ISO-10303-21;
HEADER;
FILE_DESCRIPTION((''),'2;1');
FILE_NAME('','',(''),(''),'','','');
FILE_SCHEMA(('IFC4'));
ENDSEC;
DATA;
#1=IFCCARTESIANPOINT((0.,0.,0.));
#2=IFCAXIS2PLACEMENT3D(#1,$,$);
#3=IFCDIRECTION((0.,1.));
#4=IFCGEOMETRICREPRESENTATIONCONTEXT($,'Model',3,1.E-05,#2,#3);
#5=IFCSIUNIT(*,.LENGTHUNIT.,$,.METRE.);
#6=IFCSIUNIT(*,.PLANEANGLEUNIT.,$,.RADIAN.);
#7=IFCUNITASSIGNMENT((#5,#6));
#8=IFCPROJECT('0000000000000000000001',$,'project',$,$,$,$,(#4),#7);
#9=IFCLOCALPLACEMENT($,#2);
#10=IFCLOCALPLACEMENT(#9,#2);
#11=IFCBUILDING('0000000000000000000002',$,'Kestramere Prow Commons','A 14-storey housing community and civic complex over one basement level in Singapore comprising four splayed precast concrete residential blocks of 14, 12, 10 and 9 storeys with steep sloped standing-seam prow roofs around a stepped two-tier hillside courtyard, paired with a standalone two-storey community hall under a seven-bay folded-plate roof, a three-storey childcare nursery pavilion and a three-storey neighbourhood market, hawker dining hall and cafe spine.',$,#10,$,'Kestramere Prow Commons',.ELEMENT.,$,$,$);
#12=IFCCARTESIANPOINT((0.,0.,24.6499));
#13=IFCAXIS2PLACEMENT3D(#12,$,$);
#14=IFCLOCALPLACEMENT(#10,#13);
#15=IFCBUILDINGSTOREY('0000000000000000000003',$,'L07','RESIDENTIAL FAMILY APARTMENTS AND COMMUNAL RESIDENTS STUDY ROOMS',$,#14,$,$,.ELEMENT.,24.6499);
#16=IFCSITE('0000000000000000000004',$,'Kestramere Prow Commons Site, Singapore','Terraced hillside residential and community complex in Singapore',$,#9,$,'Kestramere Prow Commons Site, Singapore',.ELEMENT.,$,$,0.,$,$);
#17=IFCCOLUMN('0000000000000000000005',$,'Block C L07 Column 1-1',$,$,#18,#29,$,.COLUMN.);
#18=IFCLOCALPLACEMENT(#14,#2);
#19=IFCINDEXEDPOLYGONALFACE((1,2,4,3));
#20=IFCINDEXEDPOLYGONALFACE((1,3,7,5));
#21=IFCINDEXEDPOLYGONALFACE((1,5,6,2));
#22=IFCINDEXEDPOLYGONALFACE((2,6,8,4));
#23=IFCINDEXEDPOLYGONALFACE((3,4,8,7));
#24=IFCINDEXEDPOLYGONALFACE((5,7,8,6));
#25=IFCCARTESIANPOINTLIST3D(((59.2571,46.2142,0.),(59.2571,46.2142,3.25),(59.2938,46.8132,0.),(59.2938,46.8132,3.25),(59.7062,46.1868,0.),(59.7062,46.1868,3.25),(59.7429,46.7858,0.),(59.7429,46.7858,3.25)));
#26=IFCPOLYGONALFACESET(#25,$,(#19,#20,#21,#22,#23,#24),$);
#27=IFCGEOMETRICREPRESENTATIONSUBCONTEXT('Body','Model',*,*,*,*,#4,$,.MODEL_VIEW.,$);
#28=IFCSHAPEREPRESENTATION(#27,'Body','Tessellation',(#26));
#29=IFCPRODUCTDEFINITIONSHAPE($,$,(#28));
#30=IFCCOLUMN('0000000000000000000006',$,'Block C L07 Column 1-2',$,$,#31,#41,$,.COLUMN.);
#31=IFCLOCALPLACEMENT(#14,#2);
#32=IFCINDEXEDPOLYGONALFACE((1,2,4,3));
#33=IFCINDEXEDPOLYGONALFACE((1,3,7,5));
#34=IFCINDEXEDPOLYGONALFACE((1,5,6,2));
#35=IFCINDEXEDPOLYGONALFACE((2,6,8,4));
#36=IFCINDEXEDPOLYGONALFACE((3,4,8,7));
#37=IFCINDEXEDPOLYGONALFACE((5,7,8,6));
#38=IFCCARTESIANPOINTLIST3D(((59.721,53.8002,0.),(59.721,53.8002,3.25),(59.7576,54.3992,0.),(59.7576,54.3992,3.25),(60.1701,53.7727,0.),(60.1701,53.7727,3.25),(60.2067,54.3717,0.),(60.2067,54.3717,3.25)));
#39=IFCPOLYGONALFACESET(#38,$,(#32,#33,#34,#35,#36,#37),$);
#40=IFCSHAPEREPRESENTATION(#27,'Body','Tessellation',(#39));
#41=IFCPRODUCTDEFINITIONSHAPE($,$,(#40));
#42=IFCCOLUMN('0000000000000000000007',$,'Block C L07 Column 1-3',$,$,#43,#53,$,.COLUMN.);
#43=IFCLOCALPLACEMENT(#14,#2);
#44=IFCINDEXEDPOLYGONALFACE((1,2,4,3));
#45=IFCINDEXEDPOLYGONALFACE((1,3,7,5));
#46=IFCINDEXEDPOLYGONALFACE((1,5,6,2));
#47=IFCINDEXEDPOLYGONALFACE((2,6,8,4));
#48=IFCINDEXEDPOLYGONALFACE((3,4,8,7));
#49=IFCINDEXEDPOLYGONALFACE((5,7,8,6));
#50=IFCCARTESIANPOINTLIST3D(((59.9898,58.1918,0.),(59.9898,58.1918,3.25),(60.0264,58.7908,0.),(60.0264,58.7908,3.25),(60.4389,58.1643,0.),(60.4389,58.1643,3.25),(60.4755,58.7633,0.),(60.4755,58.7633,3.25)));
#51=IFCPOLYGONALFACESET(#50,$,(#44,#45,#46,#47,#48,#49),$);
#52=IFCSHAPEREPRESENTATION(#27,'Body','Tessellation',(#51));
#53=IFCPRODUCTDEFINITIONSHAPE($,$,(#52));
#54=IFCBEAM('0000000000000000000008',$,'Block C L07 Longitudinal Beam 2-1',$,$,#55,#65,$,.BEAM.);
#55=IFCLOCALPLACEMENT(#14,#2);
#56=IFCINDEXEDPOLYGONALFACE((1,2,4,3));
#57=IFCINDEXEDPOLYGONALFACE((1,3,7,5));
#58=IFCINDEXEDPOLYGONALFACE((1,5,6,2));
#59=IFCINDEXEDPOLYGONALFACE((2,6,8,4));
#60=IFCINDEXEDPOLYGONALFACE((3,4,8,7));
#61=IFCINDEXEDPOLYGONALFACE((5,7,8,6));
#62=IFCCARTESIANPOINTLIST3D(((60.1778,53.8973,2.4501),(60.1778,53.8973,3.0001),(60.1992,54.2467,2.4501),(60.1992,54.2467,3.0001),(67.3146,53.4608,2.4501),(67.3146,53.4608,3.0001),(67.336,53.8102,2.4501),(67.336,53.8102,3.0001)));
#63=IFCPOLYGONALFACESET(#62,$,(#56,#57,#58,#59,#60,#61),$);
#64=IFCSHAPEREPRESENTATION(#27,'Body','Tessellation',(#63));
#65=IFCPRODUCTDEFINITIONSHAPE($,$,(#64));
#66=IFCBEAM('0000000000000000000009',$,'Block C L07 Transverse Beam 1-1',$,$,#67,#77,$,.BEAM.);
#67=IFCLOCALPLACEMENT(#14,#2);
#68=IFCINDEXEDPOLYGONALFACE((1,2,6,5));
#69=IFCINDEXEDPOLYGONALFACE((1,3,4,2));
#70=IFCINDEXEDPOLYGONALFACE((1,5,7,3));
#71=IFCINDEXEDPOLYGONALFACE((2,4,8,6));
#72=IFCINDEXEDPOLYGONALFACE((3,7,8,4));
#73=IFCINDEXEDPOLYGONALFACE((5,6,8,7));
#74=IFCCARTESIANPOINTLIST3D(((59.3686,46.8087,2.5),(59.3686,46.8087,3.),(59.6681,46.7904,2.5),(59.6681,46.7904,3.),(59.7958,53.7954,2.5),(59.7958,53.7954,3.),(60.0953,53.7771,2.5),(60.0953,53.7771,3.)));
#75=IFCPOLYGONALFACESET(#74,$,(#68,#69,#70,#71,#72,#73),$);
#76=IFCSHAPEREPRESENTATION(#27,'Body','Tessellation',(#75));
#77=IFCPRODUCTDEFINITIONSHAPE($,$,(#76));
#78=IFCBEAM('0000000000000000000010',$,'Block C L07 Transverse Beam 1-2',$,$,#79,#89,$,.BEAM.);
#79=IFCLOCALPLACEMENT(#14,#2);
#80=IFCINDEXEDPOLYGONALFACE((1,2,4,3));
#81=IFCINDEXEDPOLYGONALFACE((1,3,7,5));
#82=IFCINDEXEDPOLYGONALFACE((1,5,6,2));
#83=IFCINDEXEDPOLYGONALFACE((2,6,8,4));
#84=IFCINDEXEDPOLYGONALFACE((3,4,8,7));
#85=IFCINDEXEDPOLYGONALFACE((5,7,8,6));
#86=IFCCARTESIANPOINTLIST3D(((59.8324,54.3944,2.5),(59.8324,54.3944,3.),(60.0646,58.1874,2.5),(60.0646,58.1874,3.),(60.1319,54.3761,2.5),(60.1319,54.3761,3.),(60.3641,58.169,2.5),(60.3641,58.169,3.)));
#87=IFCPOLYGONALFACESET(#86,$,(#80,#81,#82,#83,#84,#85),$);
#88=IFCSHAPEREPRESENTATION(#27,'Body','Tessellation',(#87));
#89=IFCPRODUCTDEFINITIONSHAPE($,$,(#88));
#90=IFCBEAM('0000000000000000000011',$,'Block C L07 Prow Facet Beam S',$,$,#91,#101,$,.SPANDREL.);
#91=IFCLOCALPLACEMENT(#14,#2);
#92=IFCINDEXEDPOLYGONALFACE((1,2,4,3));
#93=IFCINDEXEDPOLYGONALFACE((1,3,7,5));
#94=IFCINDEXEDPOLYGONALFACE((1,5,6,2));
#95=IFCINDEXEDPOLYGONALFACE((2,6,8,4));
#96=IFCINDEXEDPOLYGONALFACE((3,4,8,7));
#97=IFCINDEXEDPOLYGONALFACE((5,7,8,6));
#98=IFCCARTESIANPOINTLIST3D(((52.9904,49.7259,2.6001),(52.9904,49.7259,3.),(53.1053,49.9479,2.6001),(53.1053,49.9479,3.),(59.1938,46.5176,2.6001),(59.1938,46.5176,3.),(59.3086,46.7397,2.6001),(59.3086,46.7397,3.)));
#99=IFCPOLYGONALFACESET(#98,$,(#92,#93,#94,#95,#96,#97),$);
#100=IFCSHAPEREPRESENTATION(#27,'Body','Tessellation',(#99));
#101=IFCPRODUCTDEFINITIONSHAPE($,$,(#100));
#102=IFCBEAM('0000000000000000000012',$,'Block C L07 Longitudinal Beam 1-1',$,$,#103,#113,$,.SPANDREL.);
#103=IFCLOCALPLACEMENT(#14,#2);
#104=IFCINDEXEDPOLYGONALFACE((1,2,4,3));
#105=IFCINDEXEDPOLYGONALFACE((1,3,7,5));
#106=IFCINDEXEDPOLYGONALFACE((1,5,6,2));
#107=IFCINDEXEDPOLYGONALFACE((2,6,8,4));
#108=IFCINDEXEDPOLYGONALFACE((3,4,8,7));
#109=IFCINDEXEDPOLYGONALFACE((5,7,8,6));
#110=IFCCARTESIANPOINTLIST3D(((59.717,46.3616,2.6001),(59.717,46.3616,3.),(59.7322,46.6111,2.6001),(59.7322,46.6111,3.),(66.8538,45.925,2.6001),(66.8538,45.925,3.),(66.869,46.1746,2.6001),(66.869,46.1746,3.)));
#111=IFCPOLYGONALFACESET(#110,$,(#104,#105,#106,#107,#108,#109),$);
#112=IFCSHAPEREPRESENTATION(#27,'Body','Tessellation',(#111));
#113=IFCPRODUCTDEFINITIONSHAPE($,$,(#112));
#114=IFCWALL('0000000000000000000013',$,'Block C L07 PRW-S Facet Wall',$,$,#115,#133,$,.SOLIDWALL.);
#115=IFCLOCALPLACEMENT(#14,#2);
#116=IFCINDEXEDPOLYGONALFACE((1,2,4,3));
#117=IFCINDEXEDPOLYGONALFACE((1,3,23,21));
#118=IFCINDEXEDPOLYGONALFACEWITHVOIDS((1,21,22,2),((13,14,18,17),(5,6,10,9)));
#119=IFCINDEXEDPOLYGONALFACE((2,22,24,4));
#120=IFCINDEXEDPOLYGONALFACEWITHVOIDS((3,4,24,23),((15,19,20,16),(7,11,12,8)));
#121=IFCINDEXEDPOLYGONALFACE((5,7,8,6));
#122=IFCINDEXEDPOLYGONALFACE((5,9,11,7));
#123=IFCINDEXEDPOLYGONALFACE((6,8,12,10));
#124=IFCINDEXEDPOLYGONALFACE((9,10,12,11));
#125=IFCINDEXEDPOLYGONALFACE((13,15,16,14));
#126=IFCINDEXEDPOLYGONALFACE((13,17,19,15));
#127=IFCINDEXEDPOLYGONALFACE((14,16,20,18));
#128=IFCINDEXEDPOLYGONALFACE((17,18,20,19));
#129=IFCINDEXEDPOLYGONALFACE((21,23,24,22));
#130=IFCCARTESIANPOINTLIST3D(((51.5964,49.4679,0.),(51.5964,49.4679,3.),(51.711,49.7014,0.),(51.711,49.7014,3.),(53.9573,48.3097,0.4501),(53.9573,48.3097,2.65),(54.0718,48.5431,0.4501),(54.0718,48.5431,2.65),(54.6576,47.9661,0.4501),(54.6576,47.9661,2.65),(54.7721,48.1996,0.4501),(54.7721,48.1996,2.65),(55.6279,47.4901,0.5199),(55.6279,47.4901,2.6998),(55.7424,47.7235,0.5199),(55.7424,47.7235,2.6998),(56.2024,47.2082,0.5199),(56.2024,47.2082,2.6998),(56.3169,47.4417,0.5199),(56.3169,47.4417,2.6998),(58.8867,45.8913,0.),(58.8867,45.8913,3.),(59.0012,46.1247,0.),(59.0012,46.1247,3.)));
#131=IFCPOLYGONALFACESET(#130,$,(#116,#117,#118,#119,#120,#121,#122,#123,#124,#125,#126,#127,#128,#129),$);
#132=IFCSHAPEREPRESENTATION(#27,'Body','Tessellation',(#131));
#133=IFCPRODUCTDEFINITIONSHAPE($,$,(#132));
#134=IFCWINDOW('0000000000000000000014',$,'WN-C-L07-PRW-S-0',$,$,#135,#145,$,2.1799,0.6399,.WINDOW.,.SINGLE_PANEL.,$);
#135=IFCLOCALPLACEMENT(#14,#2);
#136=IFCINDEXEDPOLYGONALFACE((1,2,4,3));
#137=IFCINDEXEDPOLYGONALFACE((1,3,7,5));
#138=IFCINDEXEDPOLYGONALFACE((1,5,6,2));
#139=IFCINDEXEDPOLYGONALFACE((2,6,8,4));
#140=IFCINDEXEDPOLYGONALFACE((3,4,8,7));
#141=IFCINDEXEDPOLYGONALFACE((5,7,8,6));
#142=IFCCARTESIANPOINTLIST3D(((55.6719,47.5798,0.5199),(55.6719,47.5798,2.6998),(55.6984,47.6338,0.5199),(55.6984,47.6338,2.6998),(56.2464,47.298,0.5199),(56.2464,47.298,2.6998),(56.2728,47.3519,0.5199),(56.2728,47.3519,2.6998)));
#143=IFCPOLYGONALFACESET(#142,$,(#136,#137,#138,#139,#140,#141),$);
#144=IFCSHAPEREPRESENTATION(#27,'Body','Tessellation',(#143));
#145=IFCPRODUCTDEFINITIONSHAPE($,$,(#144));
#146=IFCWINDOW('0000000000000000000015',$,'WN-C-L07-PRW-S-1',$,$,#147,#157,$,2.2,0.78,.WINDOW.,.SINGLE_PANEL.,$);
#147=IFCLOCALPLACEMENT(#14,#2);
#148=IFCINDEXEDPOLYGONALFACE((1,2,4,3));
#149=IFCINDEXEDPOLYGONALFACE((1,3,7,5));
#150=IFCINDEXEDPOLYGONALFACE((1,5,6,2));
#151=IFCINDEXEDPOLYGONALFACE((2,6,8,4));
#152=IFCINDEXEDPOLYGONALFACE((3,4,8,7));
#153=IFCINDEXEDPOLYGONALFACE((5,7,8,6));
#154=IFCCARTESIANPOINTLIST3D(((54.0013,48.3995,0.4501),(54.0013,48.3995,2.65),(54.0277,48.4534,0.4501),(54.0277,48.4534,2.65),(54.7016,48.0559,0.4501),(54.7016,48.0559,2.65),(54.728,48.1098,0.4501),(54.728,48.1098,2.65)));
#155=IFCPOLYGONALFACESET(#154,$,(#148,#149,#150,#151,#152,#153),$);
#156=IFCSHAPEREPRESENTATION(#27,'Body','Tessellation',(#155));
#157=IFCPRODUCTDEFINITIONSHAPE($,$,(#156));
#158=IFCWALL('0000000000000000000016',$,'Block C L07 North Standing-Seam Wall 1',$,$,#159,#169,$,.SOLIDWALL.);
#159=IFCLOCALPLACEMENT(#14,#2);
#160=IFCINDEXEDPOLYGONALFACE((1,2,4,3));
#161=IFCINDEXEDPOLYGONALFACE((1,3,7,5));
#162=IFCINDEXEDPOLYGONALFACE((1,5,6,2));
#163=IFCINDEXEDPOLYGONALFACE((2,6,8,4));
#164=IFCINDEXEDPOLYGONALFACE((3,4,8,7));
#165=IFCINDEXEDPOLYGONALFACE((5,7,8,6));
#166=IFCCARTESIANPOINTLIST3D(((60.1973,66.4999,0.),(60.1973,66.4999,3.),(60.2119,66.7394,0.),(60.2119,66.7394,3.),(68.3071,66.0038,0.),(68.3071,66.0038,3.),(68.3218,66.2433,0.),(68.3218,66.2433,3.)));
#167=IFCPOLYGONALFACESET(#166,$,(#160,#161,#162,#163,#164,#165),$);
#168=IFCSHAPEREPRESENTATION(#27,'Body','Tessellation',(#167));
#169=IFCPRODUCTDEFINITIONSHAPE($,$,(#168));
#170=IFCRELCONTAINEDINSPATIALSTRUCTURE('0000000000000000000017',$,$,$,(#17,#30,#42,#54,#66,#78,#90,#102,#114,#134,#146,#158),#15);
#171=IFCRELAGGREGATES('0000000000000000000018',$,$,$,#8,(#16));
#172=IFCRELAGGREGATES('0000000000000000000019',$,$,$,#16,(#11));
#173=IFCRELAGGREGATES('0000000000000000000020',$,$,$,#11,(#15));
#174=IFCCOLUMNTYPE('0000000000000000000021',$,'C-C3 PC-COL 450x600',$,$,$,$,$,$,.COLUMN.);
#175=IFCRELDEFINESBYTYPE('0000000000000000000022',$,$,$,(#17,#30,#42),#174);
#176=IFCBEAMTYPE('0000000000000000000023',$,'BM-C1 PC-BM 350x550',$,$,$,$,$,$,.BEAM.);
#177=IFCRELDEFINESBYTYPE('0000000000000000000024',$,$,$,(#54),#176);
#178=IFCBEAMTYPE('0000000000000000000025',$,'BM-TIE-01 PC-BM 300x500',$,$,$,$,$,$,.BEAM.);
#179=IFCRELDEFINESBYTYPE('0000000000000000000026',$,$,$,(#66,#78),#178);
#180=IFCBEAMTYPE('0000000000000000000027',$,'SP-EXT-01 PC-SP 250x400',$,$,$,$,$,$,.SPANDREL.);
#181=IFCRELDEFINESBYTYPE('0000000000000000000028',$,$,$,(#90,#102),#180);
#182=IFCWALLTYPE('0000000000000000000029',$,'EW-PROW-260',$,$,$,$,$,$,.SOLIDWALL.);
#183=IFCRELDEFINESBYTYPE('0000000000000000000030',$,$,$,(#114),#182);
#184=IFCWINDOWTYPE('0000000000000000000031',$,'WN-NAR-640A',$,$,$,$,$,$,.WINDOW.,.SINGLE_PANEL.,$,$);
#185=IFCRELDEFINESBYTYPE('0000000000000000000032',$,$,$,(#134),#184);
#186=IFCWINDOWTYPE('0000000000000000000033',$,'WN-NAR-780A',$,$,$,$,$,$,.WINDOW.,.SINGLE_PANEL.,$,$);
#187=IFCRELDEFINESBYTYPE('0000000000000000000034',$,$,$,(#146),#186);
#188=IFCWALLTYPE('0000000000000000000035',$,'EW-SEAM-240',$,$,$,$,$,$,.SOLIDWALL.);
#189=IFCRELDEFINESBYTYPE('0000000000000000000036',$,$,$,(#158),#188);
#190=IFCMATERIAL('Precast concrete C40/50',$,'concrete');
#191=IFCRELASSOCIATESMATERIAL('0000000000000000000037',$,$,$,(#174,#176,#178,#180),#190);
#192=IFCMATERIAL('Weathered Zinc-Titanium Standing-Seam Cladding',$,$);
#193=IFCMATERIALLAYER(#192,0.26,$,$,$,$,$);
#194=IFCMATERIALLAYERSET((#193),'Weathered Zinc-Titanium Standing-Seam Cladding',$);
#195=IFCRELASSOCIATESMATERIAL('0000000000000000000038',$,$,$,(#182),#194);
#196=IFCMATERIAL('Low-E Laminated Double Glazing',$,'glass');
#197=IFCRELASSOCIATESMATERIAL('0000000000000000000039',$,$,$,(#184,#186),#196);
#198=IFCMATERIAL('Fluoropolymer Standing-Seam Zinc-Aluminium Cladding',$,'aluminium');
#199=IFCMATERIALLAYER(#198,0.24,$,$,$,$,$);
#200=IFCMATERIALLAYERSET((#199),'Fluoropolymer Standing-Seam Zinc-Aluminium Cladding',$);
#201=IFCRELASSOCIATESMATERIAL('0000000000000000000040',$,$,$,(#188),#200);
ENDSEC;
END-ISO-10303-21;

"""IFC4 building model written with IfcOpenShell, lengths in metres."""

from ifc_helpers import new_model, si_unit, direction, frame, frame_2d, origin, origin_2d, place, context, subcontext, project, spatial, rectangle, extrude, material, layer, layer_set, material_profile, profile_set, type_object, element, fill, save


model = new_model("IFC4")

# Units and contexts
model_context = context("Model", 3, precision=1e-05, world=origin(), true_north=direction((0.0, 1.0)))
body_context = subcontext(model_context, "Body", "Model", "MODEL_VIEW")
ifc_project = project(units=[si_unit("LENGTHUNIT", "METRE"), si_unit("PLANEANGLEUNIT", "RADIAN")], contexts=[model_context])

# Site, building, storey
site_placement = place(None, origin())
site = spatial("IfcSite", under=ifc_project, at=site_placement, Name="Kestramere Prow Commons Site, Singapore", Description="Terraced hillside residential and community complex in Singapore", LongName="Kestramere Prow Commons Site, Singapore", CompositionType="ELEMENT", RefElevation=0.0)
building_placement = place(site_placement, origin())
building = spatial("IfcBuilding", under=site, at=building_placement, Name="Kestramere Prow Commons", Description="A 14-storey housing community and civic complex over one basement level in Singapore comprising four splayed precast concrete residential blocks of 14, 12, 10 and 9 storeys with steep sloped standing-seam prow roofs around a stepped two-tier hillside courtyard, paired with a standalone two-storey community hall under a seven-bay folded-plate roof, a three-storey childcare nursery pavilion and a three-storey neighbourhood market, hawker dining hall and cafe spine.", LongName="Kestramere Prow Commons", CompositionType="ELEMENT")
storey_placement = place(building_placement, frame((0.0, 0.0, 24.6499)))
storey = spatial("IfcBuildingStorey", under=building, at=storey_placement, Name="L07", Description="RESIDENTIAL FAMILY APARTMENTS AND COMMUNAL RESIDENTS STUDY ROOMS", CompositionType="ELEMENT", Elevation=24.6499)

# Columns
ifc_material_1 = material(Name="Precast concrete C40/50", Category="concrete")
ifc_material_profile_1 = material_profile(ifc_material_1, rectangle(XDim=0.45, YDim=0.6001, at=origin_2d()), Name="PC-COL 450x600")
ifc_profile_set_1 = profile_set([ifc_material_profile_1], Name="Precast concrete C40/50")
column_type = type_object("IfcColumnType", Name="C-C3 PC-COL 450x600", PredefinedType="COLUMN", material=ifc_profile_set_1)
for number, where, z_axis, x_axis, name in (
    (1, (59.5, 46.5, 0.0), (0.0, 0.0, 1.0), (0.998135, -0.061049, 0.0), "Block C L07 Column 1-1"),
    (2, (59.9639, 54.0859, 0.0), (0.0, 0.0, 1.0), (0.998135, -0.061049, 0.0), "Block C L07 Column 1-2"),
    (3, (60.2327, 58.4775, 0.0), (0.0, 0.0, 1.0), (0.998135, -0.061049, 0.0), "Block C L07 Column 1-3"),
):
    element("IfcColumn", number, at=place(storey_placement, frame(where, z_axis=z_axis, x_axis=x_axis)), inside=storey, type_object=column_type, Name=name, PredefinedType="COLUMN", context=body_context, shape_type="SweptSolid", body=[
        extrude(rectangle(XDim=0.45, YDim=0.6001, at=origin_2d()), origin(), (0.0, 0.0, 1.0), 3.25),
    ])

# Beams
ifc_material_profile_2 = material_profile(ifc_material_1, rectangle(XDim=0.3501, YDim=0.55, at=origin_2d()), Name="PC-BM 350x550")
ifc_profile_set_2 = profile_set([ifc_material_profile_2], Name="Precast concrete C40/50")
beam_type_1 = type_object("IfcBeamType", Name="BM-C1 PC-BM 350x550", PredefinedType="BEAM", material=ifc_profile_set_2)
beam_1_placement = place(storey_placement, frame((60.1885, 54.072, 2.7251), z_axis=(0.998135, -0.061052, 0.0), x_axis=(0.061052, 0.998135, 0.0)))
element("IfcBeam", 4, at=beam_1_placement, inside=storey, type_object=beam_type_1, Name="Block C L07 Longitudinal Beam 2-1", PredefinedType="BEAM", context=body_context, shape_type="SweptSolid", body=[
    extrude(rectangle(XDim=0.3501, YDim=0.55, at=origin_2d()), origin(), (0.0, 0.0, 1.0), 7.1501),
])
ifc_material_profile_3 = material_profile(ifc_material_1, rectangle(XDim=0.3, YDim=0.5, at=origin_2d()), Name="PC-BM 300x500")
ifc_profile_set_3 = profile_set([ifc_material_profile_3], Name="Precast concrete C40/50")
beam_type_2 = type_object("IfcBeamType", Name="BM-TIE-01 PC-BM 300x500", PredefinedType="BEAM", material=ifc_profile_set_3)
beam_2_placement = place(storey_placement, frame((59.5183, 46.7996, 2.75), z_axis=(0.061036, 0.998136, 0.0), x_axis=(-0.998136, 0.061036, 0.0)))
element("IfcBeam", 5, at=beam_2_placement, inside=storey, type_object=beam_type_2, Name="Block C L07 Transverse Beam 1-1", PredefinedType="BEAM", context=body_context, shape_type="SweptSolid", body=[
    extrude(rectangle(XDim=0.3, YDim=0.5, at=origin_2d()), origin(), (0.0, 0.0, 1.0), 6.9998),
])
beam_3_placement = place(storey_placement, frame((59.9822, 54.3853, 2.75), z_axis=(0.061098, 0.998132, 0.0), x_axis=(-0.998132, 0.061098, 0.0)))
element("IfcBeam", 6, at=beam_3_placement, inside=storey, type_object=beam_type_2, Name="Block C L07 Transverse Beam 1-2", PredefinedType="BEAM", context=body_context, shape_type="SweptSolid", body=[
    extrude(rectangle(XDim=0.3, YDim=0.5, at=origin_2d()), origin(), (0.0, 0.0, 1.0), 3.8),
])
ifc_material_profile_4 = material_profile(ifc_material_1, rectangle(XDim=0.25, YDim=0.3999, at=origin_2d()), Name="PC-SP 250x400")
ifc_profile_set_4 = profile_set([ifc_material_profile_4], Name="Precast concrete C40/50")
beam_type_3 = type_object("IfcBeamType", Name="SP-EXT-01 PC-SP 250x400", PredefinedType="SPANDREL", material=ifc_profile_set_4)
beam_4_placement = place(storey_placement, frame((59.2512, 46.6287, 2.8), z_axis=(-0.88824, 0.459379, 0.0), x_axis=(-0.459379, -0.88824, 0.0)))
element("IfcBeam", 7, at=beam_4_placement, inside=storey, type_object=beam_type_3, Name="Block C L07 Prow Facet Beam S", PredefinedType="SPANDREL", context=body_context, shape_type="SweptSolid", body=[
    extrude(rectangle(XDim=0.25, YDim=0.3999, at=origin_2d()), origin(), (0.0, 0.0, 1.0), 6.9839),
])
beam_5_placement = place(storey_placement, frame((59.7246, 46.4863, 2.8), z_axis=(0.998135, -0.061052, 0.0), x_axis=(0.061052, 0.998135, 0.0)))
element("IfcBeam", 8, at=beam_5_placement, inside=storey, type_object=beam_type_3, Name="Block C L07 Longitudinal Beam 1-1", PredefinedType="SPANDREL", context=body_context, shape_type="SweptSolid", body=[
    extrude(rectangle(XDim=0.25, YDim=0.3999, at=origin_2d()), origin(), (0.0, 0.0, 1.0), 7.1501),
])

# Wall, openings, windows
ifc_material_2 = material(Name="Weathered Zinc-Titanium Standing-Seam Cladding")
ifc_layer_1 = layer(ifc_material_2, 0.26)
ifc_layer_set_1 = layer_set([ifc_layer_1], Name="Weathered Zinc-Titanium Standing-Seam Cladding")
wall_type_1 = type_object("IfcWallType", Name="EW-PROW-260", PredefinedType="SOLIDWALL", material=ifc_layer_set_1)
wall_1_placement = place(storey_placement, frame((58.9438, 46.0081, 0.0), z_axis=(0.0, 0.0, 1.0), x_axis=(-0.897775, 0.440454, 0.0)))
wall_1 = element("IfcWall", 9, at=wall_1_placement, inside=storey, type_object=wall_type_1, Name="Block C L07 PRW-S Facet Wall", PredefinedType="SOLIDWALL", context=body_context, shape_type="SweptSolid", body=[
    extrude(rectangle(XDim=8.1204, YDim=0.26, at=frame_2d((4.0601, 0.0))), origin(), (0.0, 0.0, 1.0), 3.0),
])
opening_1_placement = place(wall_1_placement, frame((2.99, 0.0, 0.52)))
opening_1 = element("IfcOpeningElement", 10, at=opening_1_placement, cuts=wall_1, PredefinedType="OPENING", context=body_context, shape_type="SweptSolid", body=[
    extrude(rectangle(XDim=0.6399, YDim=2.1799, at=frame_2d((0.3198, 1.0898))), frame((0.0, 0.145, 0.0), z_axis=(0.0, -1.0, 0.0), x_axis=(1.0, 0.0, 0.0)), (0.0, 0.0, 1.0), 0.29),
])
opening_2_placement = place(wall_1_placement, frame((4.7104, 0.0, 0.45)))
opening_2 = element("IfcOpeningElement", 11, at=opening_2_placement, cuts=wall_1, PredefinedType="OPENING", context=body_context, shape_type="SweptSolid", body=[
    extrude(rectangle(XDim=0.78, YDim=2.2, at=frame_2d((0.3901, 1.1001))), frame((0.0, 0.145, 0.0), z_axis=(0.0, -1.0, 0.0), x_axis=(1.0, 0.0, 0.0)), (0.0, 0.0, 1.0), 0.29),
])
ifc_material_3 = material(Name="Low-E Laminated Double Glazing", Category="glass")
window_type_1 = type_object("IfcWindowType", Name="WN-NAR-640A", PartitioningType="SINGLE_PANEL", PredefinedType="WINDOW", material=ifc_material_3)
window_1_placement = place(opening_1_placement, origin())
window_1 = element("IfcWindow", 12, at=window_1_placement, inside=storey, type_object=window_type_1, Name="WN-C-L07-PRW-S-0", OverallHeight=2.1799, OverallWidth=0.6399, PartitioningType="SINGLE_PANEL", PredefinedType="WINDOW", context=body_context, shape_type="SweptSolid", body=[
    extrude(rectangle(XDim=0.6399, YDim=2.1799, at=frame_2d((0.3198, 1.0898))), frame((0.0, 0.03, 0.0), z_axis=(0.0, -1.0, 0.0), x_axis=(1.0, 0.0, 0.0)), (0.0, 0.0, 1.0), 0.0601),
])
fill(opening_1, window_1)
window_type_2 = type_object("IfcWindowType", Name="WN-NAR-780A", PartitioningType="SINGLE_PANEL", PredefinedType="WINDOW", material=ifc_material_3)
window_2_placement = place(opening_2_placement, origin())
window_2 = element("IfcWindow", 13, at=window_2_placement, inside=storey, type_object=window_type_2, Name="WN-C-L07-PRW-S-1", OverallHeight=2.2, OverallWidth=0.78, PartitioningType="SINGLE_PANEL", PredefinedType="WINDOW", context=body_context, shape_type="SweptSolid", body=[
    extrude(rectangle(XDim=0.78, YDim=2.2, at=frame_2d((0.3901, 1.1001))), frame((0.0, 0.03, 0.0), z_axis=(0.0, -1.0, 0.0), x_axis=(1.0, 0.0, 0.0)), (0.0, 0.0, 1.0), 0.0601),
])
fill(opening_2, window_2)

# Wall
ifc_material_4 = material(Name="Fluoropolymer Standing-Seam Zinc-Aluminium Cladding", Category="aluminium")
ifc_layer_2 = layer(ifc_material_4, 0.24)
ifc_layer_set_2 = layer_set([ifc_layer_2], Name="Fluoropolymer Standing-Seam Zinc-Aluminium Cladding")
wall_type_2 = type_object("IfcWallType", Name="EW-SEAM-240", PredefinedType="SOLIDWALL", material=ifc_layer_set_2)
wall_2_placement = place(storey_placement, frame((60.2046, 66.6196, 0.0), z_axis=(0.0, 0.0, 1.0), x_axis=(0.998134, -0.061058, 0.0)))
element("IfcWall", 14, at=wall_2_placement, inside=storey, type_object=wall_type_2, Name="Block C L07 North Standing-Seam Wall 1", PredefinedType="SOLIDWALL", context=body_context, shape_type="SweptSolid", body=[
    extrude(rectangle(XDim=8.125, YDim=0.24, at=frame_2d((4.0625, 0.0))), origin(), (0.0, 0.0, 1.0), 3.0),
])

save(model, "model.ifc")
